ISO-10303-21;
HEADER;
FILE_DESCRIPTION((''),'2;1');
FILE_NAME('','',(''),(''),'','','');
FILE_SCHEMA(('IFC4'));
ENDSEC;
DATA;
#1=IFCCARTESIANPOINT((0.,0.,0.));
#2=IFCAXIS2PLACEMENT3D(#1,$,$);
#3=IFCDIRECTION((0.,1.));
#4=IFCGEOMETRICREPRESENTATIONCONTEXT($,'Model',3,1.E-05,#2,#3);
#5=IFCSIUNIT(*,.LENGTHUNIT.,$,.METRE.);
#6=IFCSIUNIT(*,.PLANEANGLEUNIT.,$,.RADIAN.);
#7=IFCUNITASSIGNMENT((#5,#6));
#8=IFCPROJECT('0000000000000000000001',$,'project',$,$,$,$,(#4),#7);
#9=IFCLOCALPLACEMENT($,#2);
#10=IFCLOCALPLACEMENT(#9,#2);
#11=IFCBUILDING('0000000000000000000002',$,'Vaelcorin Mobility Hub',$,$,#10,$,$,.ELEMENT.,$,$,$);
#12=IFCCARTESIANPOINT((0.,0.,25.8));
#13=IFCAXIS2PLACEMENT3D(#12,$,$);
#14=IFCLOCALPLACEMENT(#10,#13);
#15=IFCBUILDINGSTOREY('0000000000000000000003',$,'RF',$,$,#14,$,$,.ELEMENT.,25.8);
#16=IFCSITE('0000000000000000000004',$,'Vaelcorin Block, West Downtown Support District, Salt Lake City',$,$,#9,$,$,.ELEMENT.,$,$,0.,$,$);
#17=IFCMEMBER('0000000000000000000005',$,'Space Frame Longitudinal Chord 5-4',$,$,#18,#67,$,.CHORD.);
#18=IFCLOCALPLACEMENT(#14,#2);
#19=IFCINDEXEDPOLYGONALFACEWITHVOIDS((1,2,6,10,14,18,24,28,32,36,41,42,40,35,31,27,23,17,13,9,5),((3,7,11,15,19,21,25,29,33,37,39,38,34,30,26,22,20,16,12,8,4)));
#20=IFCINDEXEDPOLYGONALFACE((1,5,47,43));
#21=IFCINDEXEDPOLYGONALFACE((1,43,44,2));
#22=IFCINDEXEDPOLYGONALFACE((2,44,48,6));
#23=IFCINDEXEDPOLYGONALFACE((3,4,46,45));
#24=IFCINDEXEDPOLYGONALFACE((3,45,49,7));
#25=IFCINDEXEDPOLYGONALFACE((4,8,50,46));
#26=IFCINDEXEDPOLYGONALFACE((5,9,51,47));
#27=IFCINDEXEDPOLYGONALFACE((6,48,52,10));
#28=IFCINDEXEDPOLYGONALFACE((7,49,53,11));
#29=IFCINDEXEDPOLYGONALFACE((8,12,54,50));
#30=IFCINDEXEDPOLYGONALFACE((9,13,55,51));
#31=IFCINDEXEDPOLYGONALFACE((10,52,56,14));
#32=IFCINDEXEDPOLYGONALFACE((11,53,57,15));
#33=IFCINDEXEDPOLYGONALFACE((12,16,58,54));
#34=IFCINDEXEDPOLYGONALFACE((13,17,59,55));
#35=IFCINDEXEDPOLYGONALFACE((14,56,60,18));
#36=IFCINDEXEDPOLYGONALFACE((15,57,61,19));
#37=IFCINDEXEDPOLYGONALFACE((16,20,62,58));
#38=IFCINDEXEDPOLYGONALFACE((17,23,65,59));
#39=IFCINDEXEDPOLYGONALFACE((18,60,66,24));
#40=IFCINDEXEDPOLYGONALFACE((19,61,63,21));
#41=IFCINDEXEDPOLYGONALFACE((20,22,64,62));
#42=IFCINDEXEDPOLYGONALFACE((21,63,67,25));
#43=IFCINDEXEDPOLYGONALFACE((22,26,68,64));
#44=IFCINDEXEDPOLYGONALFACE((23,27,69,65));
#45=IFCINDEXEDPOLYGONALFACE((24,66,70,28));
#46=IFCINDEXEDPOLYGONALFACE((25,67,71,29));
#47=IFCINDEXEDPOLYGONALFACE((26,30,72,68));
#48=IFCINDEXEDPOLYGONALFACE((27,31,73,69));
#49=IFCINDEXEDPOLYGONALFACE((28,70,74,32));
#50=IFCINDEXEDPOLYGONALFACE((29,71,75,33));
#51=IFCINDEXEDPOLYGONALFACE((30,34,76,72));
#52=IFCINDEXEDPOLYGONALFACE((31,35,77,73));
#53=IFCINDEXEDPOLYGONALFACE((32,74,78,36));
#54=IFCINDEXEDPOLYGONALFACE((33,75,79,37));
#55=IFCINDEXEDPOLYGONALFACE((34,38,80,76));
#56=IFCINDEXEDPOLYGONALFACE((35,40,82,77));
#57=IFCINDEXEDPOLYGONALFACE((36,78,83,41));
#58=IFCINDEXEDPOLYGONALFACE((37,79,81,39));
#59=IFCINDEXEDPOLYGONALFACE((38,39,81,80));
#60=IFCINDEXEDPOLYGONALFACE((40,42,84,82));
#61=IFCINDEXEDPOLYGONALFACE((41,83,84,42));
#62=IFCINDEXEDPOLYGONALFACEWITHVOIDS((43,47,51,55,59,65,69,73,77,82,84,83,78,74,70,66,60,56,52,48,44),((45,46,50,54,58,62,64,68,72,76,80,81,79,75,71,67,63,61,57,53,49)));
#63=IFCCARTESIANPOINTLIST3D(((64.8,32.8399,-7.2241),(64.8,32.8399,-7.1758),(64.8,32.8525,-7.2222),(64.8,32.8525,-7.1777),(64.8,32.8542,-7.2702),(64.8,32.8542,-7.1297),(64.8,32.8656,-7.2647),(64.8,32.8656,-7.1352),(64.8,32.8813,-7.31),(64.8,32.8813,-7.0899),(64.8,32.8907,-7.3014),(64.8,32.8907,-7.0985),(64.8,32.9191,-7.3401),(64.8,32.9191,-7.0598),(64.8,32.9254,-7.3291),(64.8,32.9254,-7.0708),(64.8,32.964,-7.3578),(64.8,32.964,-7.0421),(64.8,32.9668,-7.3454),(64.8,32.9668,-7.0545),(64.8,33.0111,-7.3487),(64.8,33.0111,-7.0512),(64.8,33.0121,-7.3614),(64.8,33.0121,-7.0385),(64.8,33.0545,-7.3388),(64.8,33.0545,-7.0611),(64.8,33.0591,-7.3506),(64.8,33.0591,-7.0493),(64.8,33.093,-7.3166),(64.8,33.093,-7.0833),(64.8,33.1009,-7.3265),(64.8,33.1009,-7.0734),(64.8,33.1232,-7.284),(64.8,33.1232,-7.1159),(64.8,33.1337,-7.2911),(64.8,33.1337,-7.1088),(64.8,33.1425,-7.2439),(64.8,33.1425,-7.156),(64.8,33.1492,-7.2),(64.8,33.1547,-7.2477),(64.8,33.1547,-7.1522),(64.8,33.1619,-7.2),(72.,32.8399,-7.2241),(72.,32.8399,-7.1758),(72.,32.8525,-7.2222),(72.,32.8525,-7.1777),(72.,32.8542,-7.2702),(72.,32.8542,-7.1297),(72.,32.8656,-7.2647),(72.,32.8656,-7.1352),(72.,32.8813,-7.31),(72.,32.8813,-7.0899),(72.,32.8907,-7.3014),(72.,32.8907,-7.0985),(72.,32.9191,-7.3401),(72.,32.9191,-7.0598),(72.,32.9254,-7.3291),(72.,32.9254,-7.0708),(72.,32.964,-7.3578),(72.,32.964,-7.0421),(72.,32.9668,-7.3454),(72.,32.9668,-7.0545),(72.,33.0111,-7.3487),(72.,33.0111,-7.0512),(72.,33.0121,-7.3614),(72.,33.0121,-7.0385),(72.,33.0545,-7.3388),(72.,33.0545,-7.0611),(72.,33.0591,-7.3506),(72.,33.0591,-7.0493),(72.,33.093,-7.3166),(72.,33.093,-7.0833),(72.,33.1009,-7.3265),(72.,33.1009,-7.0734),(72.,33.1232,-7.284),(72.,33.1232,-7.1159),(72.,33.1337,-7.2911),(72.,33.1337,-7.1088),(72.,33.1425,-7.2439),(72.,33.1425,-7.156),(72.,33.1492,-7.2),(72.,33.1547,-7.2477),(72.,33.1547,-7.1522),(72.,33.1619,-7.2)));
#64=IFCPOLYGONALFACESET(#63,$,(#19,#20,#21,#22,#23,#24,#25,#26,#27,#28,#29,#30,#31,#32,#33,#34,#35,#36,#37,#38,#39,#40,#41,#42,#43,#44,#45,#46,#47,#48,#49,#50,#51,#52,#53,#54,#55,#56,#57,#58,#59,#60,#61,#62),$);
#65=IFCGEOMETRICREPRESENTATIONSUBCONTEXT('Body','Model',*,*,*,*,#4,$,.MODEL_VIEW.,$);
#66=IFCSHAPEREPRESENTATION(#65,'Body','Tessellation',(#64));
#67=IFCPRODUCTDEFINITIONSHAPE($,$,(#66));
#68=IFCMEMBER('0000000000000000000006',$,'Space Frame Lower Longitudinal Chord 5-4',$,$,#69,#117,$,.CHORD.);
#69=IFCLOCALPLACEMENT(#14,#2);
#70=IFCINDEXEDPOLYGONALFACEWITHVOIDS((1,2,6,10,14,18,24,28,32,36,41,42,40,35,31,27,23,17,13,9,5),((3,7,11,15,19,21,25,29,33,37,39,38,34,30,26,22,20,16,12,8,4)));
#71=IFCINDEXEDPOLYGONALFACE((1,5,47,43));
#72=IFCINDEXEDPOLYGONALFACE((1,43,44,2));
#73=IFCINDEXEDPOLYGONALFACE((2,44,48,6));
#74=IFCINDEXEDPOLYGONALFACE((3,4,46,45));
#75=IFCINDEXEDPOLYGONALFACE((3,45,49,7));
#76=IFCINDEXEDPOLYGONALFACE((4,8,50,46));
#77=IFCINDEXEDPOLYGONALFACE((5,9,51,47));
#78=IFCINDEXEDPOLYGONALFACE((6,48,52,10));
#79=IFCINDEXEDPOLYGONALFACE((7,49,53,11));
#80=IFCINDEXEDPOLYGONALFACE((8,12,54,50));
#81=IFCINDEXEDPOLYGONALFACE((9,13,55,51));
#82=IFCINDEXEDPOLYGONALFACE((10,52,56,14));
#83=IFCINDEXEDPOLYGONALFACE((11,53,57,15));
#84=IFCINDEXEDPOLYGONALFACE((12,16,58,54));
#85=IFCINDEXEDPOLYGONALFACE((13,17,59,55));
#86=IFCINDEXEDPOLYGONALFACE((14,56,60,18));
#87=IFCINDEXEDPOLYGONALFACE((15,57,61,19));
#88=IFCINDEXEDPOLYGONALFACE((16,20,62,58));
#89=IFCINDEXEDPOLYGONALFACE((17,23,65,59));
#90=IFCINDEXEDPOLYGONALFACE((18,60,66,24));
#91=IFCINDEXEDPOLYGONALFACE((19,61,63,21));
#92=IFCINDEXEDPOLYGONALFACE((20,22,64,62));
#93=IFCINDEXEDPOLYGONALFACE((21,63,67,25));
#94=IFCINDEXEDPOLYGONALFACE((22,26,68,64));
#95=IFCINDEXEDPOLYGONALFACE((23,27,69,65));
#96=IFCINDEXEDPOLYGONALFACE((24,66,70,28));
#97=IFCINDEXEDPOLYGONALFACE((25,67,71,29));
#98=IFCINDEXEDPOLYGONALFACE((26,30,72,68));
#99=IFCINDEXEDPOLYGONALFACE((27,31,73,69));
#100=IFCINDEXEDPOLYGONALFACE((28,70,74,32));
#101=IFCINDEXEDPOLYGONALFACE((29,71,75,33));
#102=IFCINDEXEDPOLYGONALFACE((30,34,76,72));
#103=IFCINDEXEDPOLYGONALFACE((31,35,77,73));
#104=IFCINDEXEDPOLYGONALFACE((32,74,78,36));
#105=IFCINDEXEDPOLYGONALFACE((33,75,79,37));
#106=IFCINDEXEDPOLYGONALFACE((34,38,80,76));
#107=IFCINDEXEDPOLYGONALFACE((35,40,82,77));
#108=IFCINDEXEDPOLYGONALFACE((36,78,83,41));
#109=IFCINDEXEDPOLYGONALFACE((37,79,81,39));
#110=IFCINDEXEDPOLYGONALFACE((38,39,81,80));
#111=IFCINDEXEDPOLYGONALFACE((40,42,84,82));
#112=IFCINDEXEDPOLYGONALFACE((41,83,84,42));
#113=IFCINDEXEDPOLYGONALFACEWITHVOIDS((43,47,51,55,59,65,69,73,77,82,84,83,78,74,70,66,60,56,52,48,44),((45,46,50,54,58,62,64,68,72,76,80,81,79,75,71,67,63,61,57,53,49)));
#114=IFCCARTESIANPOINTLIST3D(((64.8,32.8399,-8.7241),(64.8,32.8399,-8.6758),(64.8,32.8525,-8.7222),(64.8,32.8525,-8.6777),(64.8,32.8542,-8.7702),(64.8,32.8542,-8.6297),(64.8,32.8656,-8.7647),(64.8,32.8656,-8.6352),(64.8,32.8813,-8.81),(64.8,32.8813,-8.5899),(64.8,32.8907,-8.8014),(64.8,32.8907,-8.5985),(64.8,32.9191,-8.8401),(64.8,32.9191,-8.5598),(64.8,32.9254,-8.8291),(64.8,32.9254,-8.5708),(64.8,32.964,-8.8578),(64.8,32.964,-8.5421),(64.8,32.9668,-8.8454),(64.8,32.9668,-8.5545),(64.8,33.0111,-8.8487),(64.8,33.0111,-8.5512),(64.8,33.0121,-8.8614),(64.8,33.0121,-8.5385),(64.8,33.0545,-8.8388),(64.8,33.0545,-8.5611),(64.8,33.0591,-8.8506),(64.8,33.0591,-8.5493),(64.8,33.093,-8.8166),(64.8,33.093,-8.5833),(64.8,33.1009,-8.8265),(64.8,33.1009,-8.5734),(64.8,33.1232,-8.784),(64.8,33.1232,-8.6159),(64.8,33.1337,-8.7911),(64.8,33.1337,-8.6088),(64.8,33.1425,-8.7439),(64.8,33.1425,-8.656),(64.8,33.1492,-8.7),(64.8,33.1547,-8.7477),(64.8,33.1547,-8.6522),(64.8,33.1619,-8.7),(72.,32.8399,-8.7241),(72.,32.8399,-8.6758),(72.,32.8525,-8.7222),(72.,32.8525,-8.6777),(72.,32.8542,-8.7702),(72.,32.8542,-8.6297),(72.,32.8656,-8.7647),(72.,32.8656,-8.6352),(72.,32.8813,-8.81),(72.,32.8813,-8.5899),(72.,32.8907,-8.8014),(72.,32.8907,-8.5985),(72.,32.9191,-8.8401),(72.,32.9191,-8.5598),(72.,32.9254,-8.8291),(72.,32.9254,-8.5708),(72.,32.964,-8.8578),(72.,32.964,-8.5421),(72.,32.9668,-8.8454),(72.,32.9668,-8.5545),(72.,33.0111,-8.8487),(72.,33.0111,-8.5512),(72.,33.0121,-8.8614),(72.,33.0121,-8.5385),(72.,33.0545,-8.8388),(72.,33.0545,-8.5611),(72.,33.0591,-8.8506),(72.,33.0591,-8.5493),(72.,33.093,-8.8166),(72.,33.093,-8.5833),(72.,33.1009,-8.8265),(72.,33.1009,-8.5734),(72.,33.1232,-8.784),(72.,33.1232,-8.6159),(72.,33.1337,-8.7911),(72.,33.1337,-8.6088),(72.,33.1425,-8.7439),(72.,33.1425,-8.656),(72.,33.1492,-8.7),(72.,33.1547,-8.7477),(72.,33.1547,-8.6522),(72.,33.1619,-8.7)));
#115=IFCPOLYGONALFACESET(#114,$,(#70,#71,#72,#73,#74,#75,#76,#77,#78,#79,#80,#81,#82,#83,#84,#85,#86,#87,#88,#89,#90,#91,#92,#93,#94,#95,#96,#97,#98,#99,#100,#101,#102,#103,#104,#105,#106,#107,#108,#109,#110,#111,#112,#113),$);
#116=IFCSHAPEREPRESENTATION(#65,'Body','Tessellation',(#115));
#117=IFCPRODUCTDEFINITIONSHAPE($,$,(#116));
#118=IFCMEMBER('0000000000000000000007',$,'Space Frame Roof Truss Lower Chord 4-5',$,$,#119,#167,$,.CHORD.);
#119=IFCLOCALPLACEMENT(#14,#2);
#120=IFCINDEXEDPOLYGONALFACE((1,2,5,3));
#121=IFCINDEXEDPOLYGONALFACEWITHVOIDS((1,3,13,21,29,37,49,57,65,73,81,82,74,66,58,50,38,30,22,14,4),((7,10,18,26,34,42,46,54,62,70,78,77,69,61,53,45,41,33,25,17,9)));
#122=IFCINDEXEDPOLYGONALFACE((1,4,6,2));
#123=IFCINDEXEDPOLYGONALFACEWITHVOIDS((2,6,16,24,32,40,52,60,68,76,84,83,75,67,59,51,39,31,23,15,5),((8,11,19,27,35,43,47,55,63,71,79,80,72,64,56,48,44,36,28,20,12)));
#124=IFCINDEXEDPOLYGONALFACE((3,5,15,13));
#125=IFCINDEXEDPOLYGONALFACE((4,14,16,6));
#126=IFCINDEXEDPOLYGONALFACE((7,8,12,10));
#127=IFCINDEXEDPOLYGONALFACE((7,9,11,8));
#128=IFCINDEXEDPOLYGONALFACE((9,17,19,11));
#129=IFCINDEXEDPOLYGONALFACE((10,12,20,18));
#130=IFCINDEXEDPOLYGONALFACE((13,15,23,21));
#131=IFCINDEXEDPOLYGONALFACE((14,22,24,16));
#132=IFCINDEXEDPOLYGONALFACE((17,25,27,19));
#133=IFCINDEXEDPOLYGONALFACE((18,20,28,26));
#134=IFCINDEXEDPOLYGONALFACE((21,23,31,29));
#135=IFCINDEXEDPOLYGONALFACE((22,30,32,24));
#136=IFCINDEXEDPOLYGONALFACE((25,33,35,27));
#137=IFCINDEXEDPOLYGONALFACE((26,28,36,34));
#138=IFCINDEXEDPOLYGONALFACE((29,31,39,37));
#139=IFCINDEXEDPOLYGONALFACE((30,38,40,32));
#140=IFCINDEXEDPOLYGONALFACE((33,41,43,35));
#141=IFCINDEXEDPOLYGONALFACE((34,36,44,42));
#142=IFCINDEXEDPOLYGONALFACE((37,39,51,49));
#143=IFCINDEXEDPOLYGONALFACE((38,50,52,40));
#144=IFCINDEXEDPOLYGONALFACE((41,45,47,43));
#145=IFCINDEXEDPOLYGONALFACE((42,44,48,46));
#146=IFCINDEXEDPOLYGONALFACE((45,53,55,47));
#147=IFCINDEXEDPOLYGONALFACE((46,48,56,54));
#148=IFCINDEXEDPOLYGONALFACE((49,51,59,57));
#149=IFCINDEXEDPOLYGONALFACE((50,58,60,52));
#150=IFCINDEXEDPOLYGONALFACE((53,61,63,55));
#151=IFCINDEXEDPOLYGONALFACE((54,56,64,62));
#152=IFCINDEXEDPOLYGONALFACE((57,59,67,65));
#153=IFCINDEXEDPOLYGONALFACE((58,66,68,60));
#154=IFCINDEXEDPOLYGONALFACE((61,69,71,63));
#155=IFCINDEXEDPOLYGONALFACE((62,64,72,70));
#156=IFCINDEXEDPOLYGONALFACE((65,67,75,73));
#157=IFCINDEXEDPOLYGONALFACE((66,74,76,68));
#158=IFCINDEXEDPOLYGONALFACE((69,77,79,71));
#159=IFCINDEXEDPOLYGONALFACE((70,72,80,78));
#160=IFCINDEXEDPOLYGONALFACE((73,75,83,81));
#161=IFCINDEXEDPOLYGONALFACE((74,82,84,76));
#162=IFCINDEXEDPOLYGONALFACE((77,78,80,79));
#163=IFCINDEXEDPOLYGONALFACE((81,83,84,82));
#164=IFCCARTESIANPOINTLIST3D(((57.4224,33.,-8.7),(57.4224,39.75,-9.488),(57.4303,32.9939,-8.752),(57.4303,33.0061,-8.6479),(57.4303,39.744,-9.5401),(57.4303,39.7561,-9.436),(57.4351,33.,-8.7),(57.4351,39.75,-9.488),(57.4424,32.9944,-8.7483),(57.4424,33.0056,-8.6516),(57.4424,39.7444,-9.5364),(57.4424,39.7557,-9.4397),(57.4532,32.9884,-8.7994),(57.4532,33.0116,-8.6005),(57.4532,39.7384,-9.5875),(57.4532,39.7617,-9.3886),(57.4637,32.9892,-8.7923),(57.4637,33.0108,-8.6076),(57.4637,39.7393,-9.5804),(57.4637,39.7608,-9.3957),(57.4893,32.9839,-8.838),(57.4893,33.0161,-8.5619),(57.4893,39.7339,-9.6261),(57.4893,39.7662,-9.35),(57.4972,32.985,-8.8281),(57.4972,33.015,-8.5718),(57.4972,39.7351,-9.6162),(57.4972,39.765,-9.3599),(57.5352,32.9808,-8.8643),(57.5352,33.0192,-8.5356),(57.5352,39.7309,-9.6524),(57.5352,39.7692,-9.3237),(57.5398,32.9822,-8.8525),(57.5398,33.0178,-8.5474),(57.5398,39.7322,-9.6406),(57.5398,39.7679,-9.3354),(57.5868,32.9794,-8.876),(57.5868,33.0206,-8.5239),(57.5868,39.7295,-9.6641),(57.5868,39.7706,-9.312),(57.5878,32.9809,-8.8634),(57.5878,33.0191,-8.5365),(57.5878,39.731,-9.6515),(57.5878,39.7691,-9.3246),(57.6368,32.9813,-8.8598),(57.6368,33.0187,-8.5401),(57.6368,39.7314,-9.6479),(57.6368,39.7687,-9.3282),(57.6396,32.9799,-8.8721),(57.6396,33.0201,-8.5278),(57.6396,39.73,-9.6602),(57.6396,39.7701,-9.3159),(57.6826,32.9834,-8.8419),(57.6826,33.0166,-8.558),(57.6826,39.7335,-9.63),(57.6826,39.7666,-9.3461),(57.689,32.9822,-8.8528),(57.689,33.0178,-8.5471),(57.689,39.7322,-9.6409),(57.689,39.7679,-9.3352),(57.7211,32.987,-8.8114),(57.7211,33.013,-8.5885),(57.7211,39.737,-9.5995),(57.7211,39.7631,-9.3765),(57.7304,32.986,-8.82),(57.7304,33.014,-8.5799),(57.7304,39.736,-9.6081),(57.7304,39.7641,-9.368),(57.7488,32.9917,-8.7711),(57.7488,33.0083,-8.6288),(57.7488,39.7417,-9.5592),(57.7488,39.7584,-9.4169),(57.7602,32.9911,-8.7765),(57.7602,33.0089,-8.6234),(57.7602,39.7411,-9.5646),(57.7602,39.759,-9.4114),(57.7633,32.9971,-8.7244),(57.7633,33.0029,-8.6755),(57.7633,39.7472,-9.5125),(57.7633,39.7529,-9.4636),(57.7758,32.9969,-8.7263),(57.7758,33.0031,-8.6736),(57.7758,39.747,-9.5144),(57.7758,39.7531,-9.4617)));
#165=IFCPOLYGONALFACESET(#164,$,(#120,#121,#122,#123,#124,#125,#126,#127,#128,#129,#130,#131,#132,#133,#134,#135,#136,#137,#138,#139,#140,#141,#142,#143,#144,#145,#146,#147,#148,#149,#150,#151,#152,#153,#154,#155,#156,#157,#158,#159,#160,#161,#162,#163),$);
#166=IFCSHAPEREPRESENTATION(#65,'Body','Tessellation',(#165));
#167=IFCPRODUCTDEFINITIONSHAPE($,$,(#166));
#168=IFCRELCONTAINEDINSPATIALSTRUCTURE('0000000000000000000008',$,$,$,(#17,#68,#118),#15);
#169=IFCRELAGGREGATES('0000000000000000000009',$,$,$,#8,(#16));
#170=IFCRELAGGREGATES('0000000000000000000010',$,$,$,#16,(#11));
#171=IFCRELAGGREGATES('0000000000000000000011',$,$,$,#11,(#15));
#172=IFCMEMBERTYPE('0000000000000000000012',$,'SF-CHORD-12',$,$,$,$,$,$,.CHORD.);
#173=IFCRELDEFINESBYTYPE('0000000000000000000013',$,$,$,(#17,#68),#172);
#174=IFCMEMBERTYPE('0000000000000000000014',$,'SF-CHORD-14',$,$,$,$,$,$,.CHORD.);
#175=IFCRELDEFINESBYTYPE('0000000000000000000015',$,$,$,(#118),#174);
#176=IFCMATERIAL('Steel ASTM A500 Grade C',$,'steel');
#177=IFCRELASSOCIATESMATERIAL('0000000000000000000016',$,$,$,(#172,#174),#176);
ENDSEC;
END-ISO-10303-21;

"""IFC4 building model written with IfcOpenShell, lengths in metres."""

from ifc_helpers import new_model, si_unit, direction, frame, origin, origin_2d, place, context, subcontext, project, spatial, hollow_circle, extrude, material, material_profile, profile_set, type_object, element, save


model = new_model("IFC4")

# Units and contexts
model_context = context("Model", 3, precision=1e-05, world=origin(), true_north=direction((0.0, 1.0)))
body_context = subcontext(model_context, "Body", "Model", "MODEL_VIEW")
ifc_project = project(units=[si_unit("LENGTHUNIT", "METRE"), si_unit("PLANEANGLEUNIT", "RADIAN")], contexts=[model_context])

# Site, building, storey
site_placement = place(None, origin())
site = spatial("IfcSite", under=ifc_project, at=site_placement, Name="Vaelcorin Block, West Downtown Support District, Salt Lake City", CompositionType="ELEMENT", RefElevation=0.0)
building_placement = place(site_placement, origin())
building = spatial("IfcBuilding", under=site, at=building_placement, Name="Vaelcorin Mobility Hub", CompositionType="ELEMENT")
storey_placement = place(building_placement, frame((0.0, 0.0, 25.8)))
storey = spatial("IfcBuildingStorey", under=building, at=storey_placement, Name="RF", CompositionType="ELEMENT", Elevation=25.8)

# Members
ifc_material_1 = material(Name="Steel ASTM A500 Grade C", Category="steel")
ifc_material_profile_1 = material_profile(ifc_material_1, hollow_circle(Radius=0.1619, WallThickness=0.0127, at=origin_2d()), Name="HSS12.750X0.500")
ifc_profile_set_1 = profile_set([ifc_material_profile_1], Name="Steel ASTM A500 Grade C")
member_type_1 = type_object("IfcMemberType", Name="SF-CHORD-12", PredefinedType="CHORD", material=ifc_profile_set_1)
for number, where, z_axis, x_axis, name in (
    (1, (64.8, 33.0, -7.2), (1.0, 0.0, 0.0), (0.0, 1.0, 0.0), "Space Frame Longitudinal Chord 5-4"),
    (2, (64.8, 33.0, -8.7), (1.0, 0.0, 0.0), (0.0, 1.0, 0.0), "Space Frame Lower Longitudinal Chord 5-4"),
):
    element("IfcMember", number, at=place(storey_placement, frame(where, z_axis=z_axis, x_axis=x_axis)), inside=storey, type_object=member_type_1, Name=name, PredefinedType="CHORD", context=body_context, shape_type="SweptSolid", body=[
        extrude(hollow_circle(Radius=0.1619, WallThickness=0.0127, at=origin_2d()), origin(), (0.0, 0.0, 1.0), 7.2),
    ])
ifc_material_profile_2 = material_profile(ifc_material_1, hollow_circle(Radius=0.1777, WallThickness=0.0127, at=origin_2d()), Name="HSS14.000X0.500")
ifc_profile_set_2 = profile_set([ifc_material_profile_2], Name="Steel ASTM A500 Grade C")
member_type_2 = type_object("IfcMemberType", Name="SF-CHORD-14", PredefinedType="CHORD", material=ifc_profile_set_2)
member_1_placement = place(storey_placement, frame((57.6001, 33.0, -8.7), z_axis=(0.0, 0.993253, -0.115966), x_axis=(-1.0, 0.0, 0.0)))
element("IfcMember", 3, at=member_1_placement, inside=storey, type_object=member_type_2, Name="Space Frame Roof Truss Lower Chord 4-5", PredefinedType="CHORD", context=body_context, shape_type="SweptSolid", body=[
    extrude(hollow_circle(Radius=0.1777, WallThickness=0.0127, at=origin_2d()), origin(), (0.0, 0.0, 1.0), 6.7959),
])

save(model, "model.ifc")
